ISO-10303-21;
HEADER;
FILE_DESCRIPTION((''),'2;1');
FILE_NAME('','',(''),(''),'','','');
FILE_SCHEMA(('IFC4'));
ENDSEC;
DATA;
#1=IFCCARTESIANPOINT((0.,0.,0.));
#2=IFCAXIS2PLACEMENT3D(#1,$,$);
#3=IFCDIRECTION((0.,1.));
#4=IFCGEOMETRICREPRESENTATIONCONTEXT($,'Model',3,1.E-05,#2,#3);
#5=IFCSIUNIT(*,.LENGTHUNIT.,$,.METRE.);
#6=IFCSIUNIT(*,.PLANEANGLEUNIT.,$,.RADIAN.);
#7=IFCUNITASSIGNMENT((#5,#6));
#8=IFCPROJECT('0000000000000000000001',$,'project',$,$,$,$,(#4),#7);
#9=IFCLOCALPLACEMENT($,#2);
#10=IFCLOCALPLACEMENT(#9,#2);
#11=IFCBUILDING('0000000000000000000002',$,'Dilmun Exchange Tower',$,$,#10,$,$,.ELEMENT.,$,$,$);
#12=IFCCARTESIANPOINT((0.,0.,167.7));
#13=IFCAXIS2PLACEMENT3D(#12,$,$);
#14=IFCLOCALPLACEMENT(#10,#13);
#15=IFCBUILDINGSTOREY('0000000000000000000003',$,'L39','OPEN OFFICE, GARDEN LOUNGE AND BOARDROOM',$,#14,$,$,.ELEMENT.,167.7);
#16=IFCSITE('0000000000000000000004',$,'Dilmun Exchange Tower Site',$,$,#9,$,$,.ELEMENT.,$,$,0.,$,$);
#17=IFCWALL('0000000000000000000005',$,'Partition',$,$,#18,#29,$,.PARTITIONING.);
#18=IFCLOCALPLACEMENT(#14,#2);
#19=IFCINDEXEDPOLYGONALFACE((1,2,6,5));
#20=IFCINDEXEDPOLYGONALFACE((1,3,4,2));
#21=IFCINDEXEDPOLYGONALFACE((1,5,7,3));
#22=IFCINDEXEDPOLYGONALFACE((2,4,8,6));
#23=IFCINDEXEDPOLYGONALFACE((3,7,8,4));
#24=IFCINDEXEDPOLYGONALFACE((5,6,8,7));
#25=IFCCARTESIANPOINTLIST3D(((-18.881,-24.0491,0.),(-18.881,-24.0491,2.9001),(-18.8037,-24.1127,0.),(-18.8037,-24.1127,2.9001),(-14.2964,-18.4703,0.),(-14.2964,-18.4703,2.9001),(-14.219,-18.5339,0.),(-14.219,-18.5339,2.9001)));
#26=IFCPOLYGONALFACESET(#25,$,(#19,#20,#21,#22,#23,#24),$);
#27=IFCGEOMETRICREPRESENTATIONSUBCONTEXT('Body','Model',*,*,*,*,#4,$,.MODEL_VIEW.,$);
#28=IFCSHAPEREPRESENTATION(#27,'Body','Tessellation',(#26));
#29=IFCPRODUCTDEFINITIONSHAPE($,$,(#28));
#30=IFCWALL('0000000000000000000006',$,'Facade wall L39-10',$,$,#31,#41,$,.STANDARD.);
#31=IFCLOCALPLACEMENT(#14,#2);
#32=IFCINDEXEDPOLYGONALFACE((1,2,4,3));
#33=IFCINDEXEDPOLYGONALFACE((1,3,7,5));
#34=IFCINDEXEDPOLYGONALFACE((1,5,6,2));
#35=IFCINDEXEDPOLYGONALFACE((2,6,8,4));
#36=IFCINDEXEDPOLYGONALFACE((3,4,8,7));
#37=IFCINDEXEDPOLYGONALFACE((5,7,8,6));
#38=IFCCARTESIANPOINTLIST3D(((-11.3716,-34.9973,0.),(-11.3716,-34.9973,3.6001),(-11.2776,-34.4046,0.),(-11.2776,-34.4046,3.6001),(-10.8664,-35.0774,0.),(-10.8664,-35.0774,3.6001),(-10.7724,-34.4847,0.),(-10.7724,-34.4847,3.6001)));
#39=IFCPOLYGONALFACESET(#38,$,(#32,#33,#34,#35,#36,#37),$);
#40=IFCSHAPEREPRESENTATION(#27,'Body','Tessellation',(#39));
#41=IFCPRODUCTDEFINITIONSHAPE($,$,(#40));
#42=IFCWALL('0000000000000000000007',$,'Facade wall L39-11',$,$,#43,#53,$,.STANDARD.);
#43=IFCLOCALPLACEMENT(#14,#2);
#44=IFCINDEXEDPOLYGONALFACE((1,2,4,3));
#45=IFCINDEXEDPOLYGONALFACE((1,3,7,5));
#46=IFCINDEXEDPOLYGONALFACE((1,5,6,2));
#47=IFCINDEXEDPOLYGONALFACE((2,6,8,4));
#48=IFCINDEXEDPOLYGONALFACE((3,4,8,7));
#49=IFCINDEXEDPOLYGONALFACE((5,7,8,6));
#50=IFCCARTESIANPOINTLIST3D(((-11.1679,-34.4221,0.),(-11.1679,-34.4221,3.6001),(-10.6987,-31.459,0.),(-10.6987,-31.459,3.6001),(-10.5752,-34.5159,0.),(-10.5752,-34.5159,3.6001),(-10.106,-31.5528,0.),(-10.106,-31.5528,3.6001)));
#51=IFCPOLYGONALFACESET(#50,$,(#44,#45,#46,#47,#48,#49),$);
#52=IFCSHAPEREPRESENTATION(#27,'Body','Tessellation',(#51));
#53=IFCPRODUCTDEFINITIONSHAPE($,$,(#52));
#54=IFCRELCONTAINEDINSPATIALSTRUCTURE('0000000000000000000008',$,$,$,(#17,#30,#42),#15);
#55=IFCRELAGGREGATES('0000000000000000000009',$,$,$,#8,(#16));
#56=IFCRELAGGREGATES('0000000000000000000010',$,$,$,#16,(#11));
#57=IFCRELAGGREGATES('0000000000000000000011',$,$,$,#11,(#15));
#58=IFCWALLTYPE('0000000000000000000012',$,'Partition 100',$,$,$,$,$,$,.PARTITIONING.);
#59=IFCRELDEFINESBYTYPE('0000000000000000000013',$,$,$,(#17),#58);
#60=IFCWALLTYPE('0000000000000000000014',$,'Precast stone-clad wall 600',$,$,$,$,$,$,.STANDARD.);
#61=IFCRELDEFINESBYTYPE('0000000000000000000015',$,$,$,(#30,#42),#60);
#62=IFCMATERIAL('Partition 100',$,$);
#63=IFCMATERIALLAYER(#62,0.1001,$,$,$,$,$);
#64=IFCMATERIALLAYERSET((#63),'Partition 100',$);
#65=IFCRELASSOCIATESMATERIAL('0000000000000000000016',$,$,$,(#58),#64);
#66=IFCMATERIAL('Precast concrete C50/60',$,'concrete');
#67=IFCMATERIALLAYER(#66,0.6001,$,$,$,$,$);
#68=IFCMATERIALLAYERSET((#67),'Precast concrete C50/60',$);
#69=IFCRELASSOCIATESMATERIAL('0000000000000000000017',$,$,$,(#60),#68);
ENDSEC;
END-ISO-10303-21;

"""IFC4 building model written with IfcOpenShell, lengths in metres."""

from ifc_helpers import new_model, si_unit, direction, frame, frame_2d, origin, place, context, subcontext, project, spatial, rectangle, extrude, material, layer, layer_set, type_object, element, save


model = new_model("IFC4")

# Units and contexts
model_context = context("Model", 3, precision=1e-05, world=origin(), true_north=direction((0.0, 1.0)))
body_context = subcontext(model_context, "Body", "Model", "MODEL_VIEW")
ifc_project = project(units=[si_unit("LENGTHUNIT", "METRE"), si_unit("PLANEANGLEUNIT", "RADIAN")], contexts=[model_context])

# Site, building, storey
site_placement = place(None, origin())
site = spatial("IfcSite", under=ifc_project, at=site_placement, Name="Dilmun Exchange Tower Site", CompositionType="ELEMENT", RefElevation=0.0)
building_placement = place(site_placement, origin())
building = spatial("IfcBuilding", under=site, at=building_placement, Name="Dilmun Exchange Tower", CompositionType="ELEMENT")
storey_placement = place(building_placement, frame((0.0, 0.0, 167.7)))
storey = spatial("IfcBuildingStorey", under=building, at=storey_placement, Name="L39", Description="OPEN OFFICE, GARDEN LOUNGE AND BOARDROOM", CompositionType="ELEMENT", Elevation=167.7)

# Walls
ifc_material_1 = material(Name="Partition 100")
ifc_layer_1 = layer(ifc_material_1, 0.1001)
ifc_layer_set_1 = layer_set([ifc_layer_1], Name="Partition 100")
wall_type_1 = type_object("IfcWallType", Name="Partition 100", PredefinedType="PARTITIONING", material=ifc_layer_set_1)
wall_1_placement = place(storey_placement, frame((-18.8423, -24.0808, 0.0), z_axis=(0.0, 0.0, 1.0), x_axis=(0.634912, 0.772585, 0.0)))
element("IfcWall", 1, at=wall_1_placement, inside=storey, type_object=wall_type_1, Name="Partition", PredefinedType="PARTITIONING", context=body_context, shape_type="SweptSolid", body=[
    extrude(rectangle(XDim=7.2209, YDim=0.1001, at=frame_2d((3.6104, 0.0))), origin(), (0.0, 0.0, 1.0), 2.9001),
])
ifc_material_2 = material(Name="Precast concrete C50/60", Category="concrete")
ifc_layer_2 = layer(ifc_material_2, 0.6001)
ifc_layer_set_2 = layer_set([ifc_layer_2], Name="Precast concrete C50/60")
wall_type_2 = type_object("IfcWallType", Name="Precast stone-clad wall 600", PredefinedType="STANDARD", material=ifc_layer_set_2)
wall_2_placement = place(storey_placement, frame((-11.3247, -34.7009, 0.0), z_axis=(0.0, 0.0, 1.0), x_axis=(0.987666, -0.156575, 0.0)))
element("IfcWall", 2, at=wall_2_placement, inside=storey, type_object=wall_type_2, Name="Facade wall L39-10", PredefinedType="STANDARD", context=body_context, shape_type="SweptSolid", body=[
    extrude(rectangle(XDim=0.5115, YDim=0.6001, at=frame_2d((0.2559, 0.0))), origin(), (0.0, 0.0, 1.0), 3.6001),
])
wall_3_placement = place(storey_placement, frame((-10.8716, -34.469, 0.0), z_axis=(0.0, 0.0, 1.0), x_axis=(0.15641, 0.987692, 0.0)))
element("IfcWall", 3, at=wall_3_placement, inside=storey, type_object=wall_type_2, Name="Facade wall L39-11", PredefinedType="STANDARD", context=body_context, shape_type="SweptSolid", body=[
    extrude(rectangle(XDim=3.0, YDim=0.6001, at=frame_2d((1.5, 0.0))), origin(), (0.0, 0.0, 1.0), 3.6001),
])

save(model, "model.ifc")
